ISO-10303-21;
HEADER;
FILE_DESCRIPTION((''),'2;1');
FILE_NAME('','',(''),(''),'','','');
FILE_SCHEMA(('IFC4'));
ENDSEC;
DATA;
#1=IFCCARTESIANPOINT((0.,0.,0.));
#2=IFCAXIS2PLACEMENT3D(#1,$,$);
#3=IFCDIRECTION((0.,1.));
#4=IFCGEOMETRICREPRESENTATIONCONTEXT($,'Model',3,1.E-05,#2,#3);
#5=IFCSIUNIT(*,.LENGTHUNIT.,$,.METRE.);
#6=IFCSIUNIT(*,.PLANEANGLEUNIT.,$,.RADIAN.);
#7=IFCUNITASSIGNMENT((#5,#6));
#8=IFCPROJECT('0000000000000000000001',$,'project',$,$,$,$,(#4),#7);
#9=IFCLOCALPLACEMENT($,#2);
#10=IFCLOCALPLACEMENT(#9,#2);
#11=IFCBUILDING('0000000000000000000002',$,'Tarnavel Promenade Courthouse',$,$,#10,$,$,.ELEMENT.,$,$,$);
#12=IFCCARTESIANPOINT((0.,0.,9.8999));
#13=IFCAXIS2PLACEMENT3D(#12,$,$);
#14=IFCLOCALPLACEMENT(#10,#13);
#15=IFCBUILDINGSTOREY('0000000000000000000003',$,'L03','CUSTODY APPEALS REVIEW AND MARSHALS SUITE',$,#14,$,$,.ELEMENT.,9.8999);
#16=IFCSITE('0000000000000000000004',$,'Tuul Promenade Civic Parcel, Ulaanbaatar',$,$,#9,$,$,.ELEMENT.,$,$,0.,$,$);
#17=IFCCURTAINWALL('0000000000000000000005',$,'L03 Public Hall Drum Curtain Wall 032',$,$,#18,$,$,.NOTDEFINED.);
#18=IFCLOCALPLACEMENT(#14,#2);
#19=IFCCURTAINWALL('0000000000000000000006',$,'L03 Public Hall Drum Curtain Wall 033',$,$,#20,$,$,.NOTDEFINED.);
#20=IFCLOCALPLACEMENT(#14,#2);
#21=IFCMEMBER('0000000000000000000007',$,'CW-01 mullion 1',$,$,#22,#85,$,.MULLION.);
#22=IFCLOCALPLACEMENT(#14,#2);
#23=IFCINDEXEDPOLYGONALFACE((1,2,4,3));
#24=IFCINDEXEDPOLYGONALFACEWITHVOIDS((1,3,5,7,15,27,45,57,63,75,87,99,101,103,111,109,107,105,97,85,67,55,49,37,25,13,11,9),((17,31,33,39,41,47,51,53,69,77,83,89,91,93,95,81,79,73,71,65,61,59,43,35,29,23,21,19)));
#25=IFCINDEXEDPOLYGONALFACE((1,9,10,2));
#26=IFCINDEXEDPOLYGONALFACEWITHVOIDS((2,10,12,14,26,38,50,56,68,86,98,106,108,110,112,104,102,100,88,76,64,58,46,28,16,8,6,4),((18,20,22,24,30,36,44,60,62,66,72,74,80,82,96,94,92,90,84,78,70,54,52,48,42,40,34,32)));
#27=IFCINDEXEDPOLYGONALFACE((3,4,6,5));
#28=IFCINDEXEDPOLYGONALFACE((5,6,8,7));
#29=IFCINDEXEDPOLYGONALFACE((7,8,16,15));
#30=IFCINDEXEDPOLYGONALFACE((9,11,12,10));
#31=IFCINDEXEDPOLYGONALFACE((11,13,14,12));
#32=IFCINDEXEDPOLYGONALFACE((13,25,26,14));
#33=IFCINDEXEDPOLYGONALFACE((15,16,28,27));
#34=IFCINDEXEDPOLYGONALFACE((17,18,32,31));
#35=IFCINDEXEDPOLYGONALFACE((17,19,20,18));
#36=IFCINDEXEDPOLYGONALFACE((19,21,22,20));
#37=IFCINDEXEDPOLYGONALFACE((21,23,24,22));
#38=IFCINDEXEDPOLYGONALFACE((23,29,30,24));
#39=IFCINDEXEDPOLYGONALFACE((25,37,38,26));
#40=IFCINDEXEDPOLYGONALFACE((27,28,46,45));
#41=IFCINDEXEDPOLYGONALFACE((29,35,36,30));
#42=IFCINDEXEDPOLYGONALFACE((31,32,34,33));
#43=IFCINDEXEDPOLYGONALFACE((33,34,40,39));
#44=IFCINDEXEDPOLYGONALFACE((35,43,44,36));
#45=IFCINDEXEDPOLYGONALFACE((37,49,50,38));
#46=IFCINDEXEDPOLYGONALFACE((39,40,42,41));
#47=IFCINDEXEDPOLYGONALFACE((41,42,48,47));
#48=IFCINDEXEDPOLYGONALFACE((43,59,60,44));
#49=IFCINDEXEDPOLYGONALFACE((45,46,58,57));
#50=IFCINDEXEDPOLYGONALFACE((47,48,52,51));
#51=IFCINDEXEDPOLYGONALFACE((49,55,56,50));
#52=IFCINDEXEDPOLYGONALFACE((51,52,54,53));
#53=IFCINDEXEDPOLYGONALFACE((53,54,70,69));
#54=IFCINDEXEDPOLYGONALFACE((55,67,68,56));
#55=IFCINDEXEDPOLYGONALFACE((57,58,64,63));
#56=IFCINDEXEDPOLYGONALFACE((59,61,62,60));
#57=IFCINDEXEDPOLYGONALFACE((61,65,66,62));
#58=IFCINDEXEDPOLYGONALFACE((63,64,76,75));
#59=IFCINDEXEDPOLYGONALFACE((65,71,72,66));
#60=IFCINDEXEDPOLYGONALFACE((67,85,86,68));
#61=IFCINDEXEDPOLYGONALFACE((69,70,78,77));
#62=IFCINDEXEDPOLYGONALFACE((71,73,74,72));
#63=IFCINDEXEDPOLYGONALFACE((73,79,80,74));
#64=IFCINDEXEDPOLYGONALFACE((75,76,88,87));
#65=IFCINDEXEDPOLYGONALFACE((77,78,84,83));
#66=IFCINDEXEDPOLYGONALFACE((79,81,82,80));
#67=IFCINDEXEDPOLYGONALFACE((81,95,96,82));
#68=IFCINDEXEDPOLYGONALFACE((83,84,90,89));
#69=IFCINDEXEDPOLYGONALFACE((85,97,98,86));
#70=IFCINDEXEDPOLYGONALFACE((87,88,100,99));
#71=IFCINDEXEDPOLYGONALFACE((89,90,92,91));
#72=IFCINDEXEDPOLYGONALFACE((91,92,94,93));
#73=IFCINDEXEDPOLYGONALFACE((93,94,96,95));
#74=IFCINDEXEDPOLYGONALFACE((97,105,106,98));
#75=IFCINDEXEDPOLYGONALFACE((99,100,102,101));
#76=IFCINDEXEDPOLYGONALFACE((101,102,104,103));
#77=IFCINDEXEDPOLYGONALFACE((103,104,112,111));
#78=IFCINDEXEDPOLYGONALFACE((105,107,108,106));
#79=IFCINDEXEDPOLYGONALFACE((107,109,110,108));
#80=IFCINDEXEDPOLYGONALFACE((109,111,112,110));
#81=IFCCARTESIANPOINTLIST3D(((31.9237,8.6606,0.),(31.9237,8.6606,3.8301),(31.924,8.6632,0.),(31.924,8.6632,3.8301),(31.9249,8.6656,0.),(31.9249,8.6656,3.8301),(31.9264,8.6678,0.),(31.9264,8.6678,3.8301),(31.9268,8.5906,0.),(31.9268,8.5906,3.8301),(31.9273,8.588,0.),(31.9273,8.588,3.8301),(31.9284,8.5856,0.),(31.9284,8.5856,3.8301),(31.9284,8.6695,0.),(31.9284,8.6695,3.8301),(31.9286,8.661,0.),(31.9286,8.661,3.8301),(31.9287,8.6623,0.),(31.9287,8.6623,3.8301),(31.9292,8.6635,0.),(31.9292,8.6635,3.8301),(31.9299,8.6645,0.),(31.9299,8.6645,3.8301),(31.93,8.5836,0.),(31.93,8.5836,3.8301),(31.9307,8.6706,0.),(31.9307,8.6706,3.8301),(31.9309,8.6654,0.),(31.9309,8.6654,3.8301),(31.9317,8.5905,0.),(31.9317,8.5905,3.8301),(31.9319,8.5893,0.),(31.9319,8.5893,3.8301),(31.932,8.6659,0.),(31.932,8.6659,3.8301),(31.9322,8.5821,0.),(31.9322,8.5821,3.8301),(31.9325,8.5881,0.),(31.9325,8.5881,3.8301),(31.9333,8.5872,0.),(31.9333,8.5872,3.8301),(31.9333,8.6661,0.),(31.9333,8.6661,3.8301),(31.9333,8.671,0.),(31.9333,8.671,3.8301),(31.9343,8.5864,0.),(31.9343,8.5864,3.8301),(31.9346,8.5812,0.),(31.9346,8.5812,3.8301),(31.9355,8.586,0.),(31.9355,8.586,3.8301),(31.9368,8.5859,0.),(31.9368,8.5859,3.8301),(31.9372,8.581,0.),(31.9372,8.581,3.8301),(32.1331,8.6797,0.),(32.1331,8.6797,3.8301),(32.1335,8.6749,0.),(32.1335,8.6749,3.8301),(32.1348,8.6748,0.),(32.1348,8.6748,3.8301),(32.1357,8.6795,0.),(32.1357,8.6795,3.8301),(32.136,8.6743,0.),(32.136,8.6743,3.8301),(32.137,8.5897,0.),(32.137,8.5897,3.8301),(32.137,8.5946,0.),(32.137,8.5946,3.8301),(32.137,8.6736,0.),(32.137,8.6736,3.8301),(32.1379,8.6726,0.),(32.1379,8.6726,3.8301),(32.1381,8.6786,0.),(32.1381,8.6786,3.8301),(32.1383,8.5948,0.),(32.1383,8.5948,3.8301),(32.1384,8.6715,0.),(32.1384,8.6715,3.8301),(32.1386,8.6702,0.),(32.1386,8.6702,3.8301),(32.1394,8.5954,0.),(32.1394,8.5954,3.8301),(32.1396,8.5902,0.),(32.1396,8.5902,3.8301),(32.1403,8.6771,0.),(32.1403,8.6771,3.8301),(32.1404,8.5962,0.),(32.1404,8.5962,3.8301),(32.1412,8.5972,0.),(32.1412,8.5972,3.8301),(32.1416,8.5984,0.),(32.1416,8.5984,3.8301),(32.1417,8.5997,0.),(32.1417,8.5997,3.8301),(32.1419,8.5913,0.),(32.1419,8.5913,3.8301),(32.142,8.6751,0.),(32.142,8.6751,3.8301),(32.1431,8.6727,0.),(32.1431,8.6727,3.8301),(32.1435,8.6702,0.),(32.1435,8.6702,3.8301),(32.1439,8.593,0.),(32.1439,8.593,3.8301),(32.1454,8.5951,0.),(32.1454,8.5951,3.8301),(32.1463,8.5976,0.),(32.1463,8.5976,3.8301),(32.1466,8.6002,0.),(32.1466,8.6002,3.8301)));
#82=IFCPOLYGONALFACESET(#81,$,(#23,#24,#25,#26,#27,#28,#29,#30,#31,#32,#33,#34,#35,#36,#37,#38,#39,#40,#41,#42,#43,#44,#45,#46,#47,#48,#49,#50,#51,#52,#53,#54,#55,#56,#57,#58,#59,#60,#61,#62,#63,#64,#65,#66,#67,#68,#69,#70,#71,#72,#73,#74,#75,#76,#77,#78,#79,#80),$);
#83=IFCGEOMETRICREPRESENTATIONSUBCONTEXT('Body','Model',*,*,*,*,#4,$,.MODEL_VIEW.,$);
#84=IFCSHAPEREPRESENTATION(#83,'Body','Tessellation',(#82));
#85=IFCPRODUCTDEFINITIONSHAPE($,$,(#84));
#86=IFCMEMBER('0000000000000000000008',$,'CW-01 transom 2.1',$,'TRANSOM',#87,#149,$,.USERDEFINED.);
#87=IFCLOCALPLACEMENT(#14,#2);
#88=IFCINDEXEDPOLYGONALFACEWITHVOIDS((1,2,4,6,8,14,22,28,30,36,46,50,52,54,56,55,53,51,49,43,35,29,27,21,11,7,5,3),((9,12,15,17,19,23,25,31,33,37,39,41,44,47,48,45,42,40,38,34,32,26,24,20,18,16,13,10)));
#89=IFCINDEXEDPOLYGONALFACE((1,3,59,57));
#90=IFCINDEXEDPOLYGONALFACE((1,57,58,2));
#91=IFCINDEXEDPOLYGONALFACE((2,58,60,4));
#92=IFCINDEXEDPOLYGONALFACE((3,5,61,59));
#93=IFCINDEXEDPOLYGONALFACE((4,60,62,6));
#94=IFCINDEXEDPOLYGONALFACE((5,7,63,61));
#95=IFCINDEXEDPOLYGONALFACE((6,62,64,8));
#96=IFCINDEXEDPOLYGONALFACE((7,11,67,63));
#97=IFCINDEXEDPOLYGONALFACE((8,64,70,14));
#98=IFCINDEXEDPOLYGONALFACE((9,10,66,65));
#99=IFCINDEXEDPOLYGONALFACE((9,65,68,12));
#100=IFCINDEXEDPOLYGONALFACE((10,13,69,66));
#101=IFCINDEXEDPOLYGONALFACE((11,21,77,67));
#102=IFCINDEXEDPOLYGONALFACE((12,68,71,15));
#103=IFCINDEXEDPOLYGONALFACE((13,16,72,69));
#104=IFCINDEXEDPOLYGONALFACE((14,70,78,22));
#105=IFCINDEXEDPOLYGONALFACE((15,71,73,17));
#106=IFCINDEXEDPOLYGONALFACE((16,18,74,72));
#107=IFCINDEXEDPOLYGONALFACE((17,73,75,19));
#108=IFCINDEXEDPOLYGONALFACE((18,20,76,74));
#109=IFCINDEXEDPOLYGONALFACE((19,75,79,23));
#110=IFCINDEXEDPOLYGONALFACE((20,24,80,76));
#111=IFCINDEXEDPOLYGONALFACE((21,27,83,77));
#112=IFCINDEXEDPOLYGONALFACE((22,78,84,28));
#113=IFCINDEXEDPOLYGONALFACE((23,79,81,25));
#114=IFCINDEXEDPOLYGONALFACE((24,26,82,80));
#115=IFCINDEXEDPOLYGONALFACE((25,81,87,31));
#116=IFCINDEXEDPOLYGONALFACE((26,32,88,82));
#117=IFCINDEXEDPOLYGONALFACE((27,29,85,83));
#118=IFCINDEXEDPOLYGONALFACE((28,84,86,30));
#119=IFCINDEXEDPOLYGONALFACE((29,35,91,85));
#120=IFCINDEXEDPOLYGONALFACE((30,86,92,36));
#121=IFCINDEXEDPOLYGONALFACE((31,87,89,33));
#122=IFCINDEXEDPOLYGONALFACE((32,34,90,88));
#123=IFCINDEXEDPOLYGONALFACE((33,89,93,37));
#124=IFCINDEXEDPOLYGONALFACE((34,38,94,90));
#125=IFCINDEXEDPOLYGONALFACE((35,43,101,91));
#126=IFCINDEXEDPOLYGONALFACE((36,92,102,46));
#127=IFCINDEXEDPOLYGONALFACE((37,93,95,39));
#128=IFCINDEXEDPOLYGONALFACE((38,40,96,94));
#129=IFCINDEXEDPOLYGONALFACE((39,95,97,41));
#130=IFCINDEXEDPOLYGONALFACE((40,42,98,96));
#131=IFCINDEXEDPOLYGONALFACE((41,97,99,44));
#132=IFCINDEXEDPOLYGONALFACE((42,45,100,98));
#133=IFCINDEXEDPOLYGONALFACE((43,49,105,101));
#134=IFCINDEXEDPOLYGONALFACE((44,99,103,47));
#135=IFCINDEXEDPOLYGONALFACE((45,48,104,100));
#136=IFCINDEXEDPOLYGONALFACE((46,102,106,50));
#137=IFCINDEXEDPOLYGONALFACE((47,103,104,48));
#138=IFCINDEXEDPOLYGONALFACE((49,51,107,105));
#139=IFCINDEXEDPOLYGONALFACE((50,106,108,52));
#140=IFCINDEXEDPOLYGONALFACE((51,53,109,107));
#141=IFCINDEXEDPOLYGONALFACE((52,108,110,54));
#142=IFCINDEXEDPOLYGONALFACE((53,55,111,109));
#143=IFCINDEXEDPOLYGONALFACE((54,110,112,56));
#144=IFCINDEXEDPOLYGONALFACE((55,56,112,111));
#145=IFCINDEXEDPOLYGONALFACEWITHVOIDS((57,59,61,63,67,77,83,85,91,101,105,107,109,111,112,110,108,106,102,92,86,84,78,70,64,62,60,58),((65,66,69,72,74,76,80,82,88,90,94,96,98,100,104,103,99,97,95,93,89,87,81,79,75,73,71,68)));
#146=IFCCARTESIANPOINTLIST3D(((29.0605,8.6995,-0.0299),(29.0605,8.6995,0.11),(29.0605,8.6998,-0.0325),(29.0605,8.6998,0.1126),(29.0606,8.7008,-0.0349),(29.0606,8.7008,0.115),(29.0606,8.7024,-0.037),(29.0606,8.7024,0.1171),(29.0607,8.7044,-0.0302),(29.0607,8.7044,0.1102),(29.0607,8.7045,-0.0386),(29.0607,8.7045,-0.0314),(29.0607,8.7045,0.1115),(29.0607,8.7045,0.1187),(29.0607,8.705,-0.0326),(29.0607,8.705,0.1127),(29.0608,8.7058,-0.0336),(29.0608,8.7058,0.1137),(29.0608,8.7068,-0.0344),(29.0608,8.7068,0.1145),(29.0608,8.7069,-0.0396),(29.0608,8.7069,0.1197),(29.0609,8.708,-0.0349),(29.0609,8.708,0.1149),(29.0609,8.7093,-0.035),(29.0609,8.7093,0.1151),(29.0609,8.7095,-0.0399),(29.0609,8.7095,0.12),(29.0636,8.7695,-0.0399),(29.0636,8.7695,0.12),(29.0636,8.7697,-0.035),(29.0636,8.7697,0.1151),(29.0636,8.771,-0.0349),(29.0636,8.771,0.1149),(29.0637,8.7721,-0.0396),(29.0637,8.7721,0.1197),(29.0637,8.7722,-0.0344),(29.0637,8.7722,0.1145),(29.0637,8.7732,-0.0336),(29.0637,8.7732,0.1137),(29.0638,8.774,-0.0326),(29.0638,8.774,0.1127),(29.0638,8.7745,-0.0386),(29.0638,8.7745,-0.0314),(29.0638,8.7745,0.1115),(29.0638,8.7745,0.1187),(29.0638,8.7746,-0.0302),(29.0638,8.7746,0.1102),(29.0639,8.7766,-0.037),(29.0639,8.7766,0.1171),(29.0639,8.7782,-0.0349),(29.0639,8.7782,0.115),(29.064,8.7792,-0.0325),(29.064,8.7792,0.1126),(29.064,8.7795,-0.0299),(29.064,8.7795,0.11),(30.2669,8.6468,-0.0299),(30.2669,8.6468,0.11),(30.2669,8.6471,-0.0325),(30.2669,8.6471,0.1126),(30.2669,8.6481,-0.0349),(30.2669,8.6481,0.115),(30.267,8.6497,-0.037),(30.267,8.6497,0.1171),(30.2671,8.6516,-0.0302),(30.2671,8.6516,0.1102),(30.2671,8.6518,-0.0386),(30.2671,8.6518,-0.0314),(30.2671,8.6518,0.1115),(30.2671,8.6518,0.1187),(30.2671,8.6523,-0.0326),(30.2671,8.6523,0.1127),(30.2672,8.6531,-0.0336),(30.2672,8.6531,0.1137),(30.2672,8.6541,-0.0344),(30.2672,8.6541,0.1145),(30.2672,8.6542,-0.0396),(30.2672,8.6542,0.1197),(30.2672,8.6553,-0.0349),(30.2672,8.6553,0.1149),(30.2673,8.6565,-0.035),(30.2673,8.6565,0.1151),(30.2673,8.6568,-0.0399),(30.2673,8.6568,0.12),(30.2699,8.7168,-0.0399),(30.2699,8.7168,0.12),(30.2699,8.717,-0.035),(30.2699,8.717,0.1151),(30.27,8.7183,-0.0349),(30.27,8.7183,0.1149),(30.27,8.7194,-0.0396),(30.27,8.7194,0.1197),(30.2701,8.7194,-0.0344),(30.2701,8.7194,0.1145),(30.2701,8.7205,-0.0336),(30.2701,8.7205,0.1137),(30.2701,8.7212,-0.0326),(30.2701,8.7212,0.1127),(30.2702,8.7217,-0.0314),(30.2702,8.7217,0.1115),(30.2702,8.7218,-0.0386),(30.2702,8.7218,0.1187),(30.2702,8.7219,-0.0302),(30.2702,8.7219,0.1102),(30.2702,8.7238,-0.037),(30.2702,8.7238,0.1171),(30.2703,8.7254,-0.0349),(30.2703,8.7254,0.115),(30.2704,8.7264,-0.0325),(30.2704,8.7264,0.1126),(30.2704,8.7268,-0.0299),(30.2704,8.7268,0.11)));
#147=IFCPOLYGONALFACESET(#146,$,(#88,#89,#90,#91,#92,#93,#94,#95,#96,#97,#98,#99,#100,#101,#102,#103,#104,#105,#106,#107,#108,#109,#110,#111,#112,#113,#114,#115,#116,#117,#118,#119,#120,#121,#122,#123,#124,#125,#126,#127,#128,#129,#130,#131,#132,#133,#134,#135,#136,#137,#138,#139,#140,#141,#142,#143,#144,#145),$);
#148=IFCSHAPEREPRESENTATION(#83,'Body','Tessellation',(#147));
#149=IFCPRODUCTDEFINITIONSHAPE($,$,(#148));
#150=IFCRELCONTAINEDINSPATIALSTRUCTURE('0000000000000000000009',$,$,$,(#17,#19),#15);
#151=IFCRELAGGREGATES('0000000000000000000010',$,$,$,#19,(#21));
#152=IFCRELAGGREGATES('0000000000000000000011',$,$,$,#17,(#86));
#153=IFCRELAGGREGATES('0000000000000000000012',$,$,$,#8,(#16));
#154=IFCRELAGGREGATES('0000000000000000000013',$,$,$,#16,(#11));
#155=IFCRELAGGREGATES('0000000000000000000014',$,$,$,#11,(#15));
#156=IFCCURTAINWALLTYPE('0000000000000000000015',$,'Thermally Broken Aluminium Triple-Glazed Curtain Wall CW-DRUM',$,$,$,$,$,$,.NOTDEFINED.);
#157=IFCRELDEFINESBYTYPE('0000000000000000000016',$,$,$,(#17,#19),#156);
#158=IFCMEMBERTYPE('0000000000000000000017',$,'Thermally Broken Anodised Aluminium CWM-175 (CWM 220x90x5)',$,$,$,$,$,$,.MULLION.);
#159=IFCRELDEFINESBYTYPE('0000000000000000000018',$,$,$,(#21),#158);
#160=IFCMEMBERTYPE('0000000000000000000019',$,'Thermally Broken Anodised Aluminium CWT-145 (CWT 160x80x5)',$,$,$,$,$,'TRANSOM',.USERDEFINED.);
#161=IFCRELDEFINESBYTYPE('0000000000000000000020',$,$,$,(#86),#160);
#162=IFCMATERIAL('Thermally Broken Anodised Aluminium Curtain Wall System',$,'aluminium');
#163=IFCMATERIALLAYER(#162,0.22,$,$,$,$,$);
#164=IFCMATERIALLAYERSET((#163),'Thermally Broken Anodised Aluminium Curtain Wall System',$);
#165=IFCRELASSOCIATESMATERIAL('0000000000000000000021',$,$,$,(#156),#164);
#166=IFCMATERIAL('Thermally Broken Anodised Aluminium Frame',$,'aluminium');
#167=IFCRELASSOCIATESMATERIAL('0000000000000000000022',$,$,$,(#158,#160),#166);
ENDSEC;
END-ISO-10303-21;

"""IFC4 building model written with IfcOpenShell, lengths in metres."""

from ifc_helpers import new_model, si_unit, direction, frame, origin, origin_2d, place, context, subcontext, project, spatial, hollow_rectangle, extrude, material, layer, layer_set, material_profile, profile_set, type_object, element, aggregate, save


model = new_model("IFC4")

# Units and contexts
model_context = context("Model", 3, precision=1e-05, world=origin(), true_north=direction((0.0, 1.0)))
body_context = subcontext(model_context, "Body", "Model", "MODEL_VIEW")
ifc_project = project(units=[si_unit("LENGTHUNIT", "METRE"), si_unit("PLANEANGLEUNIT", "RADIAN")], contexts=[model_context])

# Site, building, storey
site_placement = place(None, origin())
site = spatial("IfcSite", under=ifc_project, at=site_placement, Name="Tuul Promenade Civic Parcel, Ulaanbaatar", CompositionType="ELEMENT", RefElevation=0.0)
building_placement = place(site_placement, origin())
building = spatial("IfcBuilding", under=site, at=building_placement, Name="Tarnavel Promenade Courthouse", CompositionType="ELEMENT")
storey_placement = place(building_placement, frame((0.0, 0.0, 9.8999)))
storey = spatial("IfcBuildingStorey", under=building, at=storey_placement, Name="L03", Description="CUSTODY APPEALS REVIEW AND MARSHALS SUITE", CompositionType="ELEMENT", Elevation=9.8999)

# Curtain wall
ifc_material_1 = material(Name="Thermally Broken Anodised Aluminium Curtain Wall System", Category="aluminium")
ifc_layer_1 = layer(ifc_material_1, 0.22)
ifc_layer_set_1 = layer_set([ifc_layer_1], Name="Thermally Broken Anodised Aluminium Curtain Wall System")
curtain_wall_type = type_object("IfcCurtainWallType", Name="Thermally Broken Aluminium Triple-Glazed Curtain Wall CW-DRUM", PredefinedType="NOTDEFINED", material=ifc_layer_set_1)
curtain_wall_1_placement = place(storey_placement, origin())
curtain_wall_1 = element("IfcCurtainWall", 1, at=curtain_wall_1_placement, inside=storey, type_object=curtain_wall_type, Name="L03 Public Hall Drum Curtain Wall 032", PredefinedType="NOTDEFINED")
ifc_material_2 = material(Name="Thermally Broken Anodised Aluminium Frame", Category="aluminium")
ifc_material_profile_1 = material_profile(ifc_material_2, hollow_rectangle(XDim=0.0901, YDim=0.22, WallThickness=0.0049, InnerFilletRadius=0.0049, OuterFilletRadius=0.01, at=origin_2d()), Name="CWM 220x90x5")
ifc_profile_set_1 = profile_set([ifc_material_profile_1], Name="Thermally Broken Anodised Aluminium Frame")
member_type_1 = type_object("IfcMemberType", Name="Thermally Broken Anodised Aluminium CWM-175 (CWM 220x90x5)", PredefinedType="MULLION", material=ifc_profile_set_1)

# Curtain wall, member
curtain_wall_2_placement = place(storey_placement, origin())
curtain_wall_2 = element("IfcCurtainWall", 2, at=curtain_wall_2_placement, inside=storey, type_object=curtain_wall_type, Name="L03 Public Hall Drum Curtain Wall 033", PredefinedType="NOTDEFINED")
member_1_placement = place(storey_placement, frame((32.0352, 8.6304, 0.0), z_axis=(0.0, 0.0, 1.0), x_axis=(-0.043619, 0.999048, 0.0)))
member_1 = element("IfcMember", 3, at=member_1_placement, type_object=member_type_1, Name="CW-01 mullion 1", PredefinedType="MULLION", context=body_context, shape_type="SweptSolid", body=[
    extrude(hollow_rectangle(XDim=0.0901, YDim=0.22, WallThickness=0.0049, InnerFilletRadius=0.0049, OuterFilletRadius=0.01, at=origin_2d()), origin(), (0.0, 0.0, 1.0), 3.8301),
])

# Member
ifc_material_profile_2 = material_profile(ifc_material_2, hollow_rectangle(XDim=0.0801, YDim=0.1599, WallThickness=0.0049, InnerFilletRadius=0.0049, OuterFilletRadius=0.01, at=origin_2d()), Name="CWT 160x80x5")
ifc_profile_set_2 = profile_set([ifc_material_profile_2], Name="Thermally Broken Anodised Aluminium Frame")
member_type_2 = type_object("IfcMemberType", Name="Thermally Broken Anodised Aluminium CWT-145 (CWT 160x80x5)", ElementType="TRANSOM", PredefinedType="USERDEFINED", material=ifc_profile_set_2)
member_2_placement = place(storey_placement, frame((29.0623, 8.7395, 0.04), z_axis=(0.999046, -0.043674, 0.0), x_axis=(0.043674, 0.999046, 0.0)))
member_2 = element("IfcMember", 4, at=member_2_placement, type_object=member_type_2, Name="CW-01 transom 2.1", ObjectType="TRANSOM", PredefinedType="USERDEFINED", context=body_context, shape_type="SweptSolid", body=[
    extrude(hollow_rectangle(XDim=0.0801, YDim=0.1599, WallThickness=0.0049, InnerFilletRadius=0.0049, OuterFilletRadius=0.01, at=origin_2d()), origin(), (0.0, 0.0, 1.0), 1.2075),
])
aggregate(curtain_wall_2, [member_1])

aggregate(curtain_wall_1, [member_2])

save(model, "model.ifc")
